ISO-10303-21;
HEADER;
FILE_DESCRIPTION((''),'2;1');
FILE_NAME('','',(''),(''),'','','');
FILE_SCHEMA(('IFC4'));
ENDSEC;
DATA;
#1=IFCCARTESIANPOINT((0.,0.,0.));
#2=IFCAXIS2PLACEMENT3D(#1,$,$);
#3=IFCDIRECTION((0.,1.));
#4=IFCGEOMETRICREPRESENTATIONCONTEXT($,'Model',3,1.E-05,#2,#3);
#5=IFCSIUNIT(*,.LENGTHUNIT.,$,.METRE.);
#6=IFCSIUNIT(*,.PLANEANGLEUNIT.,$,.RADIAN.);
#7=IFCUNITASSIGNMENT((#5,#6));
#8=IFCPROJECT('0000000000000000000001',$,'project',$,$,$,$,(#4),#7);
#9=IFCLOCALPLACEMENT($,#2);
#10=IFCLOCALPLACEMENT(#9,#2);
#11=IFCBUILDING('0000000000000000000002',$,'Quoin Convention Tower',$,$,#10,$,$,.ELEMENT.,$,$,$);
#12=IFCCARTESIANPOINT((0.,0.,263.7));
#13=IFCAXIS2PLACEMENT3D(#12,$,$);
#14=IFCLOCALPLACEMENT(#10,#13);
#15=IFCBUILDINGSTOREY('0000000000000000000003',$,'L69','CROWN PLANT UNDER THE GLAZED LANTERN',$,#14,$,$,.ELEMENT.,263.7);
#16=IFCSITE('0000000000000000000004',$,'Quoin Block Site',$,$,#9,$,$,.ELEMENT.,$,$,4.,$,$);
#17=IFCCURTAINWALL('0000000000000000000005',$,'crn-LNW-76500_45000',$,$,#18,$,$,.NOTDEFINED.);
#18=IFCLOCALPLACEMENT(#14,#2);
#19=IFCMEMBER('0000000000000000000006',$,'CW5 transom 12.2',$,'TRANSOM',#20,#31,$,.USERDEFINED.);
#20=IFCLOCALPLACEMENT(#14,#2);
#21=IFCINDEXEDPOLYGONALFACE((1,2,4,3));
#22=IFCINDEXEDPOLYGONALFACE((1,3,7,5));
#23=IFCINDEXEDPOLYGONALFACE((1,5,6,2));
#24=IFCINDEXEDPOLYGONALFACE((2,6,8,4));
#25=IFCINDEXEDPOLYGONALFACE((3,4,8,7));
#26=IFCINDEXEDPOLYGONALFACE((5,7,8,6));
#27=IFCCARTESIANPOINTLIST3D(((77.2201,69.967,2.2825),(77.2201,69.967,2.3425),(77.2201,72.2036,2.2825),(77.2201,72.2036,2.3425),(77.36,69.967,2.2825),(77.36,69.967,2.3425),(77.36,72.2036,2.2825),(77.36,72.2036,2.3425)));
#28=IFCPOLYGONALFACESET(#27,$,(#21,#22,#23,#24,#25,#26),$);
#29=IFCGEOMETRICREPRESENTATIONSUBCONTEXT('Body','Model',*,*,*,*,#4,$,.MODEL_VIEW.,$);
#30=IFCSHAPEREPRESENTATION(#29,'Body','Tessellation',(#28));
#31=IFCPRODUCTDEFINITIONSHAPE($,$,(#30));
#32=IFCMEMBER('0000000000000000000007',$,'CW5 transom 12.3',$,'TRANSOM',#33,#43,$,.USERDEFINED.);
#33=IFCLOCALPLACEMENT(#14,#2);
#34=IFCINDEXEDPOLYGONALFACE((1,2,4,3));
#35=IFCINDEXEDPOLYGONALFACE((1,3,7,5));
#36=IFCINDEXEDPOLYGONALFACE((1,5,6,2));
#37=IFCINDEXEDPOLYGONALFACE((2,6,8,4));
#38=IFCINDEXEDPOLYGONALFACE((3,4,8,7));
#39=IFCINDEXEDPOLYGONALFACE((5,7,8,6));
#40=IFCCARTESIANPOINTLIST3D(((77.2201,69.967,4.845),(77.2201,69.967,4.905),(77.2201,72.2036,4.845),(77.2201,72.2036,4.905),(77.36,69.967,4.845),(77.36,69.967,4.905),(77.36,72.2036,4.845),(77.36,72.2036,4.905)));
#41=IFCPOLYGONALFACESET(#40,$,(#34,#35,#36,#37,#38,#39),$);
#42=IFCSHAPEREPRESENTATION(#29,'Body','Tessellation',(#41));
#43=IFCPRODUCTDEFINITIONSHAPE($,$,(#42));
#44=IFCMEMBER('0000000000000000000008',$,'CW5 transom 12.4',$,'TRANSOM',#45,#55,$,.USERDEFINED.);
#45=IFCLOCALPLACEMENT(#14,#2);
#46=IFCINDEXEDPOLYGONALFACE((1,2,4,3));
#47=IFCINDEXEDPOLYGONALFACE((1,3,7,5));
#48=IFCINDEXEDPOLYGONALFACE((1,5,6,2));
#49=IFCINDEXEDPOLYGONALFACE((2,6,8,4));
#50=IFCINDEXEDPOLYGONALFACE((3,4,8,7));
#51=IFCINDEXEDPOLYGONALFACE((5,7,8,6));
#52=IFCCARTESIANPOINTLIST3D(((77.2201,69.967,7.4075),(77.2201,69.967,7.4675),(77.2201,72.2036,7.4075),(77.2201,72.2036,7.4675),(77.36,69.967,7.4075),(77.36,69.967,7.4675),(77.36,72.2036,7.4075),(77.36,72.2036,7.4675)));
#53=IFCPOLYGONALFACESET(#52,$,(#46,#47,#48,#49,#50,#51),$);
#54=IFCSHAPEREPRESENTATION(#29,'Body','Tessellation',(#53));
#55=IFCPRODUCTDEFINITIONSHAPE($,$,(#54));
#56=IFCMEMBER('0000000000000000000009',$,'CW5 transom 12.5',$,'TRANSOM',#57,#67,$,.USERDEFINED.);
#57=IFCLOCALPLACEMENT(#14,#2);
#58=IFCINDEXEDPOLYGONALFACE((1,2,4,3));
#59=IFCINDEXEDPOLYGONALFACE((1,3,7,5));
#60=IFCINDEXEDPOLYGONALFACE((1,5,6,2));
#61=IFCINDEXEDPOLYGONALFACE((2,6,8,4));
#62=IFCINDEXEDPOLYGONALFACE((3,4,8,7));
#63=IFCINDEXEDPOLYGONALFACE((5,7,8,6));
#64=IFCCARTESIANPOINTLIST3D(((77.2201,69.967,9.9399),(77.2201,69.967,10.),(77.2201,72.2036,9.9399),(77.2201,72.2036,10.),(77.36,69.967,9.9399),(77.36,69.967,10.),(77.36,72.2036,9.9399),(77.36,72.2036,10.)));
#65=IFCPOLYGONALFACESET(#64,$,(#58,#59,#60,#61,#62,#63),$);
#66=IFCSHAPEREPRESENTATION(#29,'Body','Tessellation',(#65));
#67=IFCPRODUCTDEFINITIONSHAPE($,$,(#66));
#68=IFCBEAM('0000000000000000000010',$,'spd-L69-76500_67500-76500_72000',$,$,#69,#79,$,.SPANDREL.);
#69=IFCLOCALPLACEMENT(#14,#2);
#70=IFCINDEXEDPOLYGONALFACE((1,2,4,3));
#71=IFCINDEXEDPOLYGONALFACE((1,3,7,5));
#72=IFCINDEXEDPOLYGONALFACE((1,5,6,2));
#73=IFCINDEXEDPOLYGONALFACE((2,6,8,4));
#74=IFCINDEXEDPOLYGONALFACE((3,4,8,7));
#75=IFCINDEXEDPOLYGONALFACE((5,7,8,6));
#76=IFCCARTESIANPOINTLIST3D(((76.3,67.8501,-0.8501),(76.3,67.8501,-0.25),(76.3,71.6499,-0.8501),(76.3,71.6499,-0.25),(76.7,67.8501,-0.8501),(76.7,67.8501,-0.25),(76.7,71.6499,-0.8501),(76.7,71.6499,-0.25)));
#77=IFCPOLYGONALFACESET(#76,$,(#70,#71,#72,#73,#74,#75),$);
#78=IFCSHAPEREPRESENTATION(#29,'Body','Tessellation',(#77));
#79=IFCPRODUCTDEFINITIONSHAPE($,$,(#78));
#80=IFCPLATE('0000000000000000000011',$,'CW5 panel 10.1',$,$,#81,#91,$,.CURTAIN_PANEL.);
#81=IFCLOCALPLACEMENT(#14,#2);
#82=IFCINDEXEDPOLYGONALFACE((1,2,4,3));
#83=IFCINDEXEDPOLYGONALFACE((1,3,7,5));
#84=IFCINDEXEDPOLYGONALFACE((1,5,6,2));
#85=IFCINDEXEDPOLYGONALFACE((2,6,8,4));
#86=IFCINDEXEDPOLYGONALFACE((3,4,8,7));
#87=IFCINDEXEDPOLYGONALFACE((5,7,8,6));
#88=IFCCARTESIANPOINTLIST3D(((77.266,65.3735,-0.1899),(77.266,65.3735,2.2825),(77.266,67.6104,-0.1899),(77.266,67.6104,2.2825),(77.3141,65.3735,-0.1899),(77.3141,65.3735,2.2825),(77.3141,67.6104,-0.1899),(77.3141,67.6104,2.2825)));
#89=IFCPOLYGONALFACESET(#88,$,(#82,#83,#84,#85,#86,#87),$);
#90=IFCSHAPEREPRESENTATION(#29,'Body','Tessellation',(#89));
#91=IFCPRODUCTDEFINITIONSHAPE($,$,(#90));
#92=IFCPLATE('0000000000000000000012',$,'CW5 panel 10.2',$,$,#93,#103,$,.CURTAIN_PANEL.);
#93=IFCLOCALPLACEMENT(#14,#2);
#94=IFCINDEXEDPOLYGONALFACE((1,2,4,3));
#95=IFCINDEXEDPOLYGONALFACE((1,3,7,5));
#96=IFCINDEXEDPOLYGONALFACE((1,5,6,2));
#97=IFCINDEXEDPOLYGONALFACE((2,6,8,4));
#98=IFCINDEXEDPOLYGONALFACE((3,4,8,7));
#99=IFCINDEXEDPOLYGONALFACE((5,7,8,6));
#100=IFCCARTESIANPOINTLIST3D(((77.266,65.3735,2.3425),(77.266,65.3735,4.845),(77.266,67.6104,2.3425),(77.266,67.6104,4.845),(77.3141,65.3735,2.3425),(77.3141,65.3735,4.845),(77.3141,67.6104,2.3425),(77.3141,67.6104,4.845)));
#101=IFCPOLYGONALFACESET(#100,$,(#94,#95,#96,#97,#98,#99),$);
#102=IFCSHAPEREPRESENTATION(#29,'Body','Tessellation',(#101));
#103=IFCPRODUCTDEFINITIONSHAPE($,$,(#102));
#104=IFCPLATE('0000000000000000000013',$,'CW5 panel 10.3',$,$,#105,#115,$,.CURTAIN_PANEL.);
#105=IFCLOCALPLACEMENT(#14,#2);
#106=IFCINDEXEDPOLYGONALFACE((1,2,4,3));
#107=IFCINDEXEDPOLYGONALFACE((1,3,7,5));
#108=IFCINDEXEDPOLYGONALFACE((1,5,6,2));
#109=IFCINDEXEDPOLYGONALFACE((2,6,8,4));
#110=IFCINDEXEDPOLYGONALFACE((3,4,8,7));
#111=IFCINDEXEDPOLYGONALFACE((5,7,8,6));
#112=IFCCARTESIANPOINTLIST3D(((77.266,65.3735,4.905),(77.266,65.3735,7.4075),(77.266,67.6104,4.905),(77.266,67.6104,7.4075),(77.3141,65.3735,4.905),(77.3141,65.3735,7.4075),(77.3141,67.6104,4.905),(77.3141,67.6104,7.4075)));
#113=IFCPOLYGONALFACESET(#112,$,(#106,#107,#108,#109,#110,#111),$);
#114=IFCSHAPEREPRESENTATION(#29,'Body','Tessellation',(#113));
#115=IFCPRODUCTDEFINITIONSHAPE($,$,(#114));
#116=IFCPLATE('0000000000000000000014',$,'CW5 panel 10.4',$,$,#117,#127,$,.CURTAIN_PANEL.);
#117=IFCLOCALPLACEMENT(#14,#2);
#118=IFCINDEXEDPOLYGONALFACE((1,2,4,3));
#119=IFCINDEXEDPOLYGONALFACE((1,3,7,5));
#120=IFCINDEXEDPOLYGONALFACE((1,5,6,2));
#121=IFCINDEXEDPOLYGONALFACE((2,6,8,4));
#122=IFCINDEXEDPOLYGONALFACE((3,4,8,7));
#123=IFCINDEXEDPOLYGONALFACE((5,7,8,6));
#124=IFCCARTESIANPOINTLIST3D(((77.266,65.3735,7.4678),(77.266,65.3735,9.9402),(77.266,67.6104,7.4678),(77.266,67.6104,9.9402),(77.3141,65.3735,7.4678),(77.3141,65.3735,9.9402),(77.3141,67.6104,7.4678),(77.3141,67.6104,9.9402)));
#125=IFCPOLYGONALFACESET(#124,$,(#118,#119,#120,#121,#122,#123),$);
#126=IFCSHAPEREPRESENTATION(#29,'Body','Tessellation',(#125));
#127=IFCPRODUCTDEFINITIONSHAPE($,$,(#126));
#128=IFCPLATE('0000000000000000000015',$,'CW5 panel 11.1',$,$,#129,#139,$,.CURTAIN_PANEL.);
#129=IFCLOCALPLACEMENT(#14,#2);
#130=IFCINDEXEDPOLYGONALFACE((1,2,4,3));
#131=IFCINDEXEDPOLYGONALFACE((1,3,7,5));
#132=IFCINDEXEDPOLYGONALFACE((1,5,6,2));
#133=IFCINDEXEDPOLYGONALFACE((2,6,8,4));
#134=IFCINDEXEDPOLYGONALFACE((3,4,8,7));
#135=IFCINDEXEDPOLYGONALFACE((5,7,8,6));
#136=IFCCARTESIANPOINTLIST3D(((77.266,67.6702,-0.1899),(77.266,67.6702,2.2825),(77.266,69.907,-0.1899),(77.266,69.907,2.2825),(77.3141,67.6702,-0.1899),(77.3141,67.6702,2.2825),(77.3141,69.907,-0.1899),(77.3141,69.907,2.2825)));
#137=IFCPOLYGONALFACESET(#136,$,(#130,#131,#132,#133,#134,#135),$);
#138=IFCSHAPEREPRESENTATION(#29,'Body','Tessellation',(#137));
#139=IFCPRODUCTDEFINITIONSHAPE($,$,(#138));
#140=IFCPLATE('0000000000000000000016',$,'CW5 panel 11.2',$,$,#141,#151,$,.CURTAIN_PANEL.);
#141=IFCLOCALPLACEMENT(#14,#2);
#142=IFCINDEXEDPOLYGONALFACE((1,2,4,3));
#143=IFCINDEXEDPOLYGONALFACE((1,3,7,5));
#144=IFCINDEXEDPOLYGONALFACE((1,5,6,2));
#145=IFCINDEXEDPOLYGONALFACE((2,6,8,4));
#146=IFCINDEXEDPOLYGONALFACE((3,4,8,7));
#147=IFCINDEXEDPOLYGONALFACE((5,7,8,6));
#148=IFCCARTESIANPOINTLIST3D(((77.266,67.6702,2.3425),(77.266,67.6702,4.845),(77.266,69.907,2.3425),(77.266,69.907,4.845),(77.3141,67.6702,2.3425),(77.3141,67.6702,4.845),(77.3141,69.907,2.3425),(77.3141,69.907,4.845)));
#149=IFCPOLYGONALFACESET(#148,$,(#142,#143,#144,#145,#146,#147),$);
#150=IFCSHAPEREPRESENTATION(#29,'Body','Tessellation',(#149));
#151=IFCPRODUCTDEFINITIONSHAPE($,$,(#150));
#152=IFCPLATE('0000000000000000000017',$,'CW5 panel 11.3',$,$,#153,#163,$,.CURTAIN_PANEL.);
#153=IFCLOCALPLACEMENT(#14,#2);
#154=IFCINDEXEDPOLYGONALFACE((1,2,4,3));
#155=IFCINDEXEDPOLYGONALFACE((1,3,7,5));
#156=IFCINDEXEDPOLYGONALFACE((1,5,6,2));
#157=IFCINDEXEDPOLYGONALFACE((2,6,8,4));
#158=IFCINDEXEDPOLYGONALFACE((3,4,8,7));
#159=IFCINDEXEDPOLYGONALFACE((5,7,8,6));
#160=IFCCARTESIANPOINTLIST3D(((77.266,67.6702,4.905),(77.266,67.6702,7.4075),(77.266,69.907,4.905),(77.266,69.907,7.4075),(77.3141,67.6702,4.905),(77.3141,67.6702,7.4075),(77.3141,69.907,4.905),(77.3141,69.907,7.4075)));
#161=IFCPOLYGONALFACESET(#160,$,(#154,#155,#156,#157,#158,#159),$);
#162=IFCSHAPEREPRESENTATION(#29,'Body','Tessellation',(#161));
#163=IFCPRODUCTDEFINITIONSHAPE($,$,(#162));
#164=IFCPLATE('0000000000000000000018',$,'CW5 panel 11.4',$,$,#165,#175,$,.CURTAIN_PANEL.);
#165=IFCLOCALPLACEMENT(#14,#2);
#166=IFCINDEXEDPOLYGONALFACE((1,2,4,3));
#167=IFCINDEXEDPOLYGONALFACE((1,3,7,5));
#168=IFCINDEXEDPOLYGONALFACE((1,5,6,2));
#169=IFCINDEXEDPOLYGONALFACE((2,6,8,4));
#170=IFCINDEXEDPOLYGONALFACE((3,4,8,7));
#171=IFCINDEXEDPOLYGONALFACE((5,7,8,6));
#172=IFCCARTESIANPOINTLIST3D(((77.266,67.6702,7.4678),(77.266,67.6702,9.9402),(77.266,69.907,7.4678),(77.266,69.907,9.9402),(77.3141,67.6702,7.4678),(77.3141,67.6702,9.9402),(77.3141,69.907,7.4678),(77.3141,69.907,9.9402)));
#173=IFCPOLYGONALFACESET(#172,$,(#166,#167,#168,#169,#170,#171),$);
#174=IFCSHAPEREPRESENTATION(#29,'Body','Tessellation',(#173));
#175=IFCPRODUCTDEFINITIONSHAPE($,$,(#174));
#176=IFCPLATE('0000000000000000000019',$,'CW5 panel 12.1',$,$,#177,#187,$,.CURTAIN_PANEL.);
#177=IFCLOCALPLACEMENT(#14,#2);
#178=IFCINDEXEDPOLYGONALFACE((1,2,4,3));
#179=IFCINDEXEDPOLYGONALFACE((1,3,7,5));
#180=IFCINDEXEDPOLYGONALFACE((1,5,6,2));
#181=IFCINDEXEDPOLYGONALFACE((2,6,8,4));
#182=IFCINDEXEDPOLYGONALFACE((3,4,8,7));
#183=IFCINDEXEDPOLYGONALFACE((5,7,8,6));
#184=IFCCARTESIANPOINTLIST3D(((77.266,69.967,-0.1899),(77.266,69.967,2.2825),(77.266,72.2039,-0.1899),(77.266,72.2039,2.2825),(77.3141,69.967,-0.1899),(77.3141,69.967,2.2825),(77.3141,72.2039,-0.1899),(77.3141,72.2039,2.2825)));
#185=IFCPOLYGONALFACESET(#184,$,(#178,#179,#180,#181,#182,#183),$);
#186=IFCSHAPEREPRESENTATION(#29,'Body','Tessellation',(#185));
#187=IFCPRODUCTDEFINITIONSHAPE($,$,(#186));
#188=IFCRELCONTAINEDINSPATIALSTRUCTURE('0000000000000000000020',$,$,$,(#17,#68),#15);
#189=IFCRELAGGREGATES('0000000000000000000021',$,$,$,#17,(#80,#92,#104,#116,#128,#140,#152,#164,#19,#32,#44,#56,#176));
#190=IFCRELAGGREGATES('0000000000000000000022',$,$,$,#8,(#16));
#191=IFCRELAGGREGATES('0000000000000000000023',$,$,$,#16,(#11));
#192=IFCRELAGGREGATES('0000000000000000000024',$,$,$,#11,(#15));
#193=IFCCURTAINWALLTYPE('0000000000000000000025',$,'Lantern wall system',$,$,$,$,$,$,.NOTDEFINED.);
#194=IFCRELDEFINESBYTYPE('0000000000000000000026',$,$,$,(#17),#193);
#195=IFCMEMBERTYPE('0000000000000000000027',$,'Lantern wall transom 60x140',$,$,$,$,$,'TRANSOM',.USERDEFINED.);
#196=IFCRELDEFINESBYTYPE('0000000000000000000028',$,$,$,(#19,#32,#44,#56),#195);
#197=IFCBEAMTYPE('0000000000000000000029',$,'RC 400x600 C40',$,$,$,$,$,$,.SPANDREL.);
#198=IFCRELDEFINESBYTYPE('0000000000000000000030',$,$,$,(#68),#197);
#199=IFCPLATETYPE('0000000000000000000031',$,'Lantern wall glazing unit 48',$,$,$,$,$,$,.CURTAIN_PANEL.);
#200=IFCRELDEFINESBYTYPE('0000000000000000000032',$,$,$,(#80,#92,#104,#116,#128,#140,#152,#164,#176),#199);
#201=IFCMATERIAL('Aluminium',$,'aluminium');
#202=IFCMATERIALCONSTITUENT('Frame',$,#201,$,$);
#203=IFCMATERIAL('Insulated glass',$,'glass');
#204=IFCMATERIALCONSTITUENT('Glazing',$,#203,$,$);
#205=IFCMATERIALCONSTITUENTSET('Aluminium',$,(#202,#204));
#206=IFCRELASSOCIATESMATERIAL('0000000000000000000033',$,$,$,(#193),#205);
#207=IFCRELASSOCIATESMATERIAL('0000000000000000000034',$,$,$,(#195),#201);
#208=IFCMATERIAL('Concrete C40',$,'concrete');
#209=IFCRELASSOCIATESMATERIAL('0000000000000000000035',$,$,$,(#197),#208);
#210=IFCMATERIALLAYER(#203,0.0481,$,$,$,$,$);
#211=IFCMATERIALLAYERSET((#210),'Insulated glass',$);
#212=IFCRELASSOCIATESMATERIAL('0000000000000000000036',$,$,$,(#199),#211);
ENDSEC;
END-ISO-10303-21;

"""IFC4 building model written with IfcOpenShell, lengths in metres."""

from ifc_helpers import new_model, si_unit, direction, frame, origin, origin_2d, place, context, subcontext, project, spatial, rectangle, extrude, material, layer, layer_set, constituent, constituent_set, material_profile, profile_set, type_object, element, aggregate, save


model = new_model("IFC4")

# Units and contexts
model_context = context("Model", 3, precision=1e-05, world=origin(), true_north=direction((0.0, 1.0)))
body_context = subcontext(model_context, "Body", "Model", "MODEL_VIEW")
ifc_project = project(units=[si_unit("LENGTHUNIT", "METRE"), si_unit("PLANEANGLEUNIT", "RADIAN")], contexts=[model_context])

# Site, building, storey
site_placement = place(None, origin())
site = spatial("IfcSite", under=ifc_project, at=site_placement, Name="Quoin Block Site", CompositionType="ELEMENT", RefElevation=4.0)
building_placement = place(site_placement, origin())
building = spatial("IfcBuilding", under=site, at=building_placement, Name="Quoin Convention Tower", CompositionType="ELEMENT")
storey_placement = place(building_placement, frame((0.0, 0.0, 263.7)))
storey = spatial("IfcBuildingStorey", under=building, at=storey_placement, Name="L69", Description="CROWN PLANT UNDER THE GLAZED LANTERN", CompositionType="ELEMENT", Elevation=263.7)

# Shared definitions
ifc_material_1 = material(Name="Concrete C40", Category="concrete")

# Curtain wall, members
ifc_material_2 = material(Name="Aluminium", Category="aluminium")
ifc_constituent_1 = constituent(ifc_material_2, Name="Frame")
ifc_material_3 = material(Name="Insulated glass", Category="glass")
ifc_constituent_2 = constituent(ifc_material_3, Name="Glazing")
ifc_constituent_set = constituent_set(constituents=[ifc_constituent_1, ifc_constituent_2], Name="Aluminium")
curtain_wall_type = type_object("IfcCurtainWallType", Name="Lantern wall system", PredefinedType="NOTDEFINED", material=ifc_constituent_set)
curtain_wall_placement = place(storey_placement, origin())
curtain_wall = element("IfcCurtainWall", 1, at=curtain_wall_placement, inside=storey, type_object=curtain_wall_type, Name="crn-LNW-76500_45000", PredefinedType="NOTDEFINED")
ifc_material_profile_1 = material_profile(ifc_material_2, rectangle(XDim=0.1399, YDim=0.0601, at=origin_2d()), Name="Lantern wall transom 60x140")
ifc_profile_set_1 = profile_set([ifc_material_profile_1], Name="Aluminium")
member_type_1 = type_object("IfcMemberType", Name="Lantern wall transom 60x140", ElementType="TRANSOM", PredefinedType="USERDEFINED", material=ifc_profile_set_1)
member_1_placement = place(storey_placement, frame((77.29, 69.967, 2.3125), z_axis=(0.0, 1.0, 0.0), x_axis=(-1.0, 0.0, 0.0)))
member_1 = element("IfcMember", 2, at=member_1_placement, type_object=member_type_1, Name="CW5 transom 12.2", ObjectType="TRANSOM", PredefinedType="USERDEFINED", context=body_context, shape_type="SweptSolid", body=[
    extrude(rectangle(XDim=0.1399, YDim=0.0601, at=origin_2d()), origin(), (0.0, 0.0, 1.0), 2.2366),
])
member_2_placement = place(storey_placement, frame((77.29, 69.967, 4.875), z_axis=(0.0, 1.0, 0.0), x_axis=(-1.0, 0.0, 0.0)))
member_2 = element("IfcMember", 3, at=member_2_placement, type_object=member_type_1, Name="CW5 transom 12.3", ObjectType="TRANSOM", PredefinedType="USERDEFINED", context=body_context, shape_type="SweptSolid", body=[
    extrude(rectangle(XDim=0.1399, YDim=0.0601, at=origin_2d()), origin(), (0.0, 0.0, 1.0), 2.2366),
])
member_3_placement = place(storey_placement, frame((77.29, 69.967, 7.4375), z_axis=(0.0, 1.0, 0.0), x_axis=(-1.0, 0.0, 0.0)))
member_3 = element("IfcMember", 4, at=member_3_placement, type_object=member_type_1, Name="CW5 transom 12.4", ObjectType="TRANSOM", PredefinedType="USERDEFINED", context=body_context, shape_type="SweptSolid", body=[
    extrude(rectangle(XDim=0.1399, YDim=0.0601, at=origin_2d()), origin(), (0.0, 0.0, 1.0), 2.2366),
])
member_4_placement = place(storey_placement, frame((77.29, 69.967, 9.97), z_axis=(0.0, 1.0, 0.0), x_axis=(-1.0, 0.0, 0.0)))
member_4 = element("IfcMember", 5, at=member_4_placement, type_object=member_type_1, Name="CW5 transom 12.5", ObjectType="TRANSOM", PredefinedType="USERDEFINED", context=body_context, shape_type="SweptSolid", body=[
    extrude(rectangle(XDim=0.1399, YDim=0.0601, at=origin_2d()), origin(), (0.0, 0.0, 1.0), 2.2366),
])

# Beam
ifc_material_profile_2 = material_profile(ifc_material_1, rectangle(XDim=0.3999, YDim=0.6001, at=origin_2d()), Name="RC 400x600")
ifc_profile_set_2 = profile_set([ifc_material_profile_2], Name="Concrete C40")
beam_type = type_object("IfcBeamType", Name="RC 400x600 C40", PredefinedType="SPANDREL", material=ifc_profile_set_2)
beam_placement = place(storey_placement, frame((76.5, 67.8501, -0.55), z_axis=(0.0, 1.0, 0.0), x_axis=(-1.0, 0.0, 0.0)))
element("IfcBeam", 6, at=beam_placement, inside=storey, type_object=beam_type, Name="spd-L69-76500_67500-76500_72000", PredefinedType="SPANDREL", context=body_context, shape_type="SweptSolid", body=[
    extrude(rectangle(XDim=0.3999, YDim=0.6001, at=origin_2d()), origin(), (0.0, 0.0, 1.0), 3.7998),
])

# Plates
ifc_layer = layer(ifc_material_3, 0.0481)
ifc_layer_set = layer_set([ifc_layer], Name="Insulated glass")
plate_type = type_object("IfcPlateType", Name="Lantern wall glazing unit 48", PredefinedType="CURTAIN_PANEL", material=ifc_layer_set)
plate_1_placement = place(storey_placement, frame((77.29, 66.4919, -0.1899), z_axis=(0.0, 0.0, 1.0), x_axis=(0.0, 1.0, 0.0)))
plate_1 = element("IfcPlate", 7, at=plate_1_placement, type_object=plate_type, Name="CW5 panel 10.1", PredefinedType="CURTAIN_PANEL", context=body_context, shape_type="SweptSolid", body=[
    extrude(rectangle(XDim=2.2368, YDim=0.0481, at=origin_2d()), origin(), (0.0, 0.0, 1.0), 2.4724),
])
plate_2_placement = place(storey_placement, frame((77.29, 66.4919, 2.3425), z_axis=(0.0, 0.0, 1.0), x_axis=(0.0, 1.0, 0.0)))
plate_2 = element("IfcPlate", 8, at=plate_2_placement, type_object=plate_type, Name="CW5 panel 10.2", PredefinedType="CURTAIN_PANEL", context=body_context, shape_type="SweptSolid", body=[
    extrude(rectangle(XDim=2.2368, YDim=0.0481, at=origin_2d()), origin(), (0.0, 0.0, 1.0), 2.5024),
])
plate_3_placement = place(storey_placement, frame((77.29, 66.4919, 4.905), z_axis=(0.0, 0.0, 1.0), x_axis=(0.0, 1.0, 0.0)))
plate_3 = element("IfcPlate", 9, at=plate_3_placement, type_object=plate_type, Name="CW5 panel 10.3", PredefinedType="CURTAIN_PANEL", context=body_context, shape_type="SweptSolid", body=[
    extrude(rectangle(XDim=2.2368, YDim=0.0481, at=origin_2d()), origin(), (0.0, 0.0, 1.0), 2.5024),
])
plate_4_placement = place(storey_placement, frame((77.29, 66.4919, 7.4678), z_axis=(0.0, 0.0, 1.0), x_axis=(0.0, 1.0, 0.0)))
plate_4 = element("IfcPlate", 10, at=plate_4_placement, type_object=plate_type, Name="CW5 panel 10.4", PredefinedType="CURTAIN_PANEL", context=body_context, shape_type="SweptSolid", body=[
    extrude(rectangle(XDim=2.2368, YDim=0.0481, at=origin_2d()), origin(), (0.0, 0.0, 1.0), 2.4724),
])
plate_5_placement = place(storey_placement, frame((77.29, 68.7886, -0.1899), z_axis=(0.0, 0.0, 1.0), x_axis=(0.0, 1.0, 0.0)))
plate_5 = element("IfcPlate", 11, at=plate_5_placement, type_object=plate_type, Name="CW5 panel 11.1", PredefinedType="CURTAIN_PANEL", context=body_context, shape_type="SweptSolid", body=[
    extrude(rectangle(XDim=2.2368, YDim=0.0481, at=origin_2d()), origin(), (0.0, 0.0, 1.0), 2.4724),
])
plate_6_placement = place(storey_placement, frame((77.29, 68.7886, 2.3425), z_axis=(0.0, 0.0, 1.0), x_axis=(0.0, 1.0, 0.0)))
plate_6 = element("IfcPlate", 12, at=plate_6_placement, type_object=plate_type, Name="CW5 panel 11.2", PredefinedType="CURTAIN_PANEL", context=body_context, shape_type="SweptSolid", body=[
    extrude(rectangle(XDim=2.2368, YDim=0.0481, at=origin_2d()), origin(), (0.0, 0.0, 1.0), 2.5024),
])
plate_7_placement = place(storey_placement, frame((77.29, 68.7886, 4.905), z_axis=(0.0, 0.0, 1.0), x_axis=(0.0, 1.0, 0.0)))
plate_7 = element("IfcPlate", 13, at=plate_7_placement, type_object=plate_type, Name="CW5 panel 11.3", PredefinedType="CURTAIN_PANEL", context=body_context, shape_type="SweptSolid", body=[
    extrude(rectangle(XDim=2.2368, YDim=0.0481, at=origin_2d()), origin(), (0.0, 0.0, 1.0), 2.5024),
])
plate_8_placement = place(storey_placement, frame((77.29, 68.7886, 7.4678), z_axis=(0.0, 0.0, 1.0), x_axis=(0.0, 1.0, 0.0)))
plate_8 = element("IfcPlate", 14, at=plate_8_placement, type_object=plate_type, Name="CW5 panel 11.4", PredefinedType="CURTAIN_PANEL", context=body_context, shape_type="SweptSolid", body=[
    extrude(rectangle(XDim=2.2368, YDim=0.0481, at=origin_2d()), origin(), (0.0, 0.0, 1.0), 2.4724),
])
plate_9_placement = place(storey_placement, frame((77.29, 71.0854, -0.1899), z_axis=(0.0, 0.0, 1.0), x_axis=(0.0, 1.0, 0.0)))
plate_9 = element("IfcPlate", 15, at=plate_9_placement, type_object=plate_type, Name="CW5 panel 12.1", PredefinedType="CURTAIN_PANEL", context=body_context, shape_type="SweptSolid", body=[
    extrude(rectangle(XDim=2.2368, YDim=0.0481, at=origin_2d()), origin(), (0.0, 0.0, 1.0), 2.4724),
])
aggregate(curtain_wall, [plate_1, plate_2, plate_3, plate_4, plate_5, plate_6, plate_7, plate_8, member_1, member_2, member_3, member_4, plate_9])

save(model, "model.ifc")
